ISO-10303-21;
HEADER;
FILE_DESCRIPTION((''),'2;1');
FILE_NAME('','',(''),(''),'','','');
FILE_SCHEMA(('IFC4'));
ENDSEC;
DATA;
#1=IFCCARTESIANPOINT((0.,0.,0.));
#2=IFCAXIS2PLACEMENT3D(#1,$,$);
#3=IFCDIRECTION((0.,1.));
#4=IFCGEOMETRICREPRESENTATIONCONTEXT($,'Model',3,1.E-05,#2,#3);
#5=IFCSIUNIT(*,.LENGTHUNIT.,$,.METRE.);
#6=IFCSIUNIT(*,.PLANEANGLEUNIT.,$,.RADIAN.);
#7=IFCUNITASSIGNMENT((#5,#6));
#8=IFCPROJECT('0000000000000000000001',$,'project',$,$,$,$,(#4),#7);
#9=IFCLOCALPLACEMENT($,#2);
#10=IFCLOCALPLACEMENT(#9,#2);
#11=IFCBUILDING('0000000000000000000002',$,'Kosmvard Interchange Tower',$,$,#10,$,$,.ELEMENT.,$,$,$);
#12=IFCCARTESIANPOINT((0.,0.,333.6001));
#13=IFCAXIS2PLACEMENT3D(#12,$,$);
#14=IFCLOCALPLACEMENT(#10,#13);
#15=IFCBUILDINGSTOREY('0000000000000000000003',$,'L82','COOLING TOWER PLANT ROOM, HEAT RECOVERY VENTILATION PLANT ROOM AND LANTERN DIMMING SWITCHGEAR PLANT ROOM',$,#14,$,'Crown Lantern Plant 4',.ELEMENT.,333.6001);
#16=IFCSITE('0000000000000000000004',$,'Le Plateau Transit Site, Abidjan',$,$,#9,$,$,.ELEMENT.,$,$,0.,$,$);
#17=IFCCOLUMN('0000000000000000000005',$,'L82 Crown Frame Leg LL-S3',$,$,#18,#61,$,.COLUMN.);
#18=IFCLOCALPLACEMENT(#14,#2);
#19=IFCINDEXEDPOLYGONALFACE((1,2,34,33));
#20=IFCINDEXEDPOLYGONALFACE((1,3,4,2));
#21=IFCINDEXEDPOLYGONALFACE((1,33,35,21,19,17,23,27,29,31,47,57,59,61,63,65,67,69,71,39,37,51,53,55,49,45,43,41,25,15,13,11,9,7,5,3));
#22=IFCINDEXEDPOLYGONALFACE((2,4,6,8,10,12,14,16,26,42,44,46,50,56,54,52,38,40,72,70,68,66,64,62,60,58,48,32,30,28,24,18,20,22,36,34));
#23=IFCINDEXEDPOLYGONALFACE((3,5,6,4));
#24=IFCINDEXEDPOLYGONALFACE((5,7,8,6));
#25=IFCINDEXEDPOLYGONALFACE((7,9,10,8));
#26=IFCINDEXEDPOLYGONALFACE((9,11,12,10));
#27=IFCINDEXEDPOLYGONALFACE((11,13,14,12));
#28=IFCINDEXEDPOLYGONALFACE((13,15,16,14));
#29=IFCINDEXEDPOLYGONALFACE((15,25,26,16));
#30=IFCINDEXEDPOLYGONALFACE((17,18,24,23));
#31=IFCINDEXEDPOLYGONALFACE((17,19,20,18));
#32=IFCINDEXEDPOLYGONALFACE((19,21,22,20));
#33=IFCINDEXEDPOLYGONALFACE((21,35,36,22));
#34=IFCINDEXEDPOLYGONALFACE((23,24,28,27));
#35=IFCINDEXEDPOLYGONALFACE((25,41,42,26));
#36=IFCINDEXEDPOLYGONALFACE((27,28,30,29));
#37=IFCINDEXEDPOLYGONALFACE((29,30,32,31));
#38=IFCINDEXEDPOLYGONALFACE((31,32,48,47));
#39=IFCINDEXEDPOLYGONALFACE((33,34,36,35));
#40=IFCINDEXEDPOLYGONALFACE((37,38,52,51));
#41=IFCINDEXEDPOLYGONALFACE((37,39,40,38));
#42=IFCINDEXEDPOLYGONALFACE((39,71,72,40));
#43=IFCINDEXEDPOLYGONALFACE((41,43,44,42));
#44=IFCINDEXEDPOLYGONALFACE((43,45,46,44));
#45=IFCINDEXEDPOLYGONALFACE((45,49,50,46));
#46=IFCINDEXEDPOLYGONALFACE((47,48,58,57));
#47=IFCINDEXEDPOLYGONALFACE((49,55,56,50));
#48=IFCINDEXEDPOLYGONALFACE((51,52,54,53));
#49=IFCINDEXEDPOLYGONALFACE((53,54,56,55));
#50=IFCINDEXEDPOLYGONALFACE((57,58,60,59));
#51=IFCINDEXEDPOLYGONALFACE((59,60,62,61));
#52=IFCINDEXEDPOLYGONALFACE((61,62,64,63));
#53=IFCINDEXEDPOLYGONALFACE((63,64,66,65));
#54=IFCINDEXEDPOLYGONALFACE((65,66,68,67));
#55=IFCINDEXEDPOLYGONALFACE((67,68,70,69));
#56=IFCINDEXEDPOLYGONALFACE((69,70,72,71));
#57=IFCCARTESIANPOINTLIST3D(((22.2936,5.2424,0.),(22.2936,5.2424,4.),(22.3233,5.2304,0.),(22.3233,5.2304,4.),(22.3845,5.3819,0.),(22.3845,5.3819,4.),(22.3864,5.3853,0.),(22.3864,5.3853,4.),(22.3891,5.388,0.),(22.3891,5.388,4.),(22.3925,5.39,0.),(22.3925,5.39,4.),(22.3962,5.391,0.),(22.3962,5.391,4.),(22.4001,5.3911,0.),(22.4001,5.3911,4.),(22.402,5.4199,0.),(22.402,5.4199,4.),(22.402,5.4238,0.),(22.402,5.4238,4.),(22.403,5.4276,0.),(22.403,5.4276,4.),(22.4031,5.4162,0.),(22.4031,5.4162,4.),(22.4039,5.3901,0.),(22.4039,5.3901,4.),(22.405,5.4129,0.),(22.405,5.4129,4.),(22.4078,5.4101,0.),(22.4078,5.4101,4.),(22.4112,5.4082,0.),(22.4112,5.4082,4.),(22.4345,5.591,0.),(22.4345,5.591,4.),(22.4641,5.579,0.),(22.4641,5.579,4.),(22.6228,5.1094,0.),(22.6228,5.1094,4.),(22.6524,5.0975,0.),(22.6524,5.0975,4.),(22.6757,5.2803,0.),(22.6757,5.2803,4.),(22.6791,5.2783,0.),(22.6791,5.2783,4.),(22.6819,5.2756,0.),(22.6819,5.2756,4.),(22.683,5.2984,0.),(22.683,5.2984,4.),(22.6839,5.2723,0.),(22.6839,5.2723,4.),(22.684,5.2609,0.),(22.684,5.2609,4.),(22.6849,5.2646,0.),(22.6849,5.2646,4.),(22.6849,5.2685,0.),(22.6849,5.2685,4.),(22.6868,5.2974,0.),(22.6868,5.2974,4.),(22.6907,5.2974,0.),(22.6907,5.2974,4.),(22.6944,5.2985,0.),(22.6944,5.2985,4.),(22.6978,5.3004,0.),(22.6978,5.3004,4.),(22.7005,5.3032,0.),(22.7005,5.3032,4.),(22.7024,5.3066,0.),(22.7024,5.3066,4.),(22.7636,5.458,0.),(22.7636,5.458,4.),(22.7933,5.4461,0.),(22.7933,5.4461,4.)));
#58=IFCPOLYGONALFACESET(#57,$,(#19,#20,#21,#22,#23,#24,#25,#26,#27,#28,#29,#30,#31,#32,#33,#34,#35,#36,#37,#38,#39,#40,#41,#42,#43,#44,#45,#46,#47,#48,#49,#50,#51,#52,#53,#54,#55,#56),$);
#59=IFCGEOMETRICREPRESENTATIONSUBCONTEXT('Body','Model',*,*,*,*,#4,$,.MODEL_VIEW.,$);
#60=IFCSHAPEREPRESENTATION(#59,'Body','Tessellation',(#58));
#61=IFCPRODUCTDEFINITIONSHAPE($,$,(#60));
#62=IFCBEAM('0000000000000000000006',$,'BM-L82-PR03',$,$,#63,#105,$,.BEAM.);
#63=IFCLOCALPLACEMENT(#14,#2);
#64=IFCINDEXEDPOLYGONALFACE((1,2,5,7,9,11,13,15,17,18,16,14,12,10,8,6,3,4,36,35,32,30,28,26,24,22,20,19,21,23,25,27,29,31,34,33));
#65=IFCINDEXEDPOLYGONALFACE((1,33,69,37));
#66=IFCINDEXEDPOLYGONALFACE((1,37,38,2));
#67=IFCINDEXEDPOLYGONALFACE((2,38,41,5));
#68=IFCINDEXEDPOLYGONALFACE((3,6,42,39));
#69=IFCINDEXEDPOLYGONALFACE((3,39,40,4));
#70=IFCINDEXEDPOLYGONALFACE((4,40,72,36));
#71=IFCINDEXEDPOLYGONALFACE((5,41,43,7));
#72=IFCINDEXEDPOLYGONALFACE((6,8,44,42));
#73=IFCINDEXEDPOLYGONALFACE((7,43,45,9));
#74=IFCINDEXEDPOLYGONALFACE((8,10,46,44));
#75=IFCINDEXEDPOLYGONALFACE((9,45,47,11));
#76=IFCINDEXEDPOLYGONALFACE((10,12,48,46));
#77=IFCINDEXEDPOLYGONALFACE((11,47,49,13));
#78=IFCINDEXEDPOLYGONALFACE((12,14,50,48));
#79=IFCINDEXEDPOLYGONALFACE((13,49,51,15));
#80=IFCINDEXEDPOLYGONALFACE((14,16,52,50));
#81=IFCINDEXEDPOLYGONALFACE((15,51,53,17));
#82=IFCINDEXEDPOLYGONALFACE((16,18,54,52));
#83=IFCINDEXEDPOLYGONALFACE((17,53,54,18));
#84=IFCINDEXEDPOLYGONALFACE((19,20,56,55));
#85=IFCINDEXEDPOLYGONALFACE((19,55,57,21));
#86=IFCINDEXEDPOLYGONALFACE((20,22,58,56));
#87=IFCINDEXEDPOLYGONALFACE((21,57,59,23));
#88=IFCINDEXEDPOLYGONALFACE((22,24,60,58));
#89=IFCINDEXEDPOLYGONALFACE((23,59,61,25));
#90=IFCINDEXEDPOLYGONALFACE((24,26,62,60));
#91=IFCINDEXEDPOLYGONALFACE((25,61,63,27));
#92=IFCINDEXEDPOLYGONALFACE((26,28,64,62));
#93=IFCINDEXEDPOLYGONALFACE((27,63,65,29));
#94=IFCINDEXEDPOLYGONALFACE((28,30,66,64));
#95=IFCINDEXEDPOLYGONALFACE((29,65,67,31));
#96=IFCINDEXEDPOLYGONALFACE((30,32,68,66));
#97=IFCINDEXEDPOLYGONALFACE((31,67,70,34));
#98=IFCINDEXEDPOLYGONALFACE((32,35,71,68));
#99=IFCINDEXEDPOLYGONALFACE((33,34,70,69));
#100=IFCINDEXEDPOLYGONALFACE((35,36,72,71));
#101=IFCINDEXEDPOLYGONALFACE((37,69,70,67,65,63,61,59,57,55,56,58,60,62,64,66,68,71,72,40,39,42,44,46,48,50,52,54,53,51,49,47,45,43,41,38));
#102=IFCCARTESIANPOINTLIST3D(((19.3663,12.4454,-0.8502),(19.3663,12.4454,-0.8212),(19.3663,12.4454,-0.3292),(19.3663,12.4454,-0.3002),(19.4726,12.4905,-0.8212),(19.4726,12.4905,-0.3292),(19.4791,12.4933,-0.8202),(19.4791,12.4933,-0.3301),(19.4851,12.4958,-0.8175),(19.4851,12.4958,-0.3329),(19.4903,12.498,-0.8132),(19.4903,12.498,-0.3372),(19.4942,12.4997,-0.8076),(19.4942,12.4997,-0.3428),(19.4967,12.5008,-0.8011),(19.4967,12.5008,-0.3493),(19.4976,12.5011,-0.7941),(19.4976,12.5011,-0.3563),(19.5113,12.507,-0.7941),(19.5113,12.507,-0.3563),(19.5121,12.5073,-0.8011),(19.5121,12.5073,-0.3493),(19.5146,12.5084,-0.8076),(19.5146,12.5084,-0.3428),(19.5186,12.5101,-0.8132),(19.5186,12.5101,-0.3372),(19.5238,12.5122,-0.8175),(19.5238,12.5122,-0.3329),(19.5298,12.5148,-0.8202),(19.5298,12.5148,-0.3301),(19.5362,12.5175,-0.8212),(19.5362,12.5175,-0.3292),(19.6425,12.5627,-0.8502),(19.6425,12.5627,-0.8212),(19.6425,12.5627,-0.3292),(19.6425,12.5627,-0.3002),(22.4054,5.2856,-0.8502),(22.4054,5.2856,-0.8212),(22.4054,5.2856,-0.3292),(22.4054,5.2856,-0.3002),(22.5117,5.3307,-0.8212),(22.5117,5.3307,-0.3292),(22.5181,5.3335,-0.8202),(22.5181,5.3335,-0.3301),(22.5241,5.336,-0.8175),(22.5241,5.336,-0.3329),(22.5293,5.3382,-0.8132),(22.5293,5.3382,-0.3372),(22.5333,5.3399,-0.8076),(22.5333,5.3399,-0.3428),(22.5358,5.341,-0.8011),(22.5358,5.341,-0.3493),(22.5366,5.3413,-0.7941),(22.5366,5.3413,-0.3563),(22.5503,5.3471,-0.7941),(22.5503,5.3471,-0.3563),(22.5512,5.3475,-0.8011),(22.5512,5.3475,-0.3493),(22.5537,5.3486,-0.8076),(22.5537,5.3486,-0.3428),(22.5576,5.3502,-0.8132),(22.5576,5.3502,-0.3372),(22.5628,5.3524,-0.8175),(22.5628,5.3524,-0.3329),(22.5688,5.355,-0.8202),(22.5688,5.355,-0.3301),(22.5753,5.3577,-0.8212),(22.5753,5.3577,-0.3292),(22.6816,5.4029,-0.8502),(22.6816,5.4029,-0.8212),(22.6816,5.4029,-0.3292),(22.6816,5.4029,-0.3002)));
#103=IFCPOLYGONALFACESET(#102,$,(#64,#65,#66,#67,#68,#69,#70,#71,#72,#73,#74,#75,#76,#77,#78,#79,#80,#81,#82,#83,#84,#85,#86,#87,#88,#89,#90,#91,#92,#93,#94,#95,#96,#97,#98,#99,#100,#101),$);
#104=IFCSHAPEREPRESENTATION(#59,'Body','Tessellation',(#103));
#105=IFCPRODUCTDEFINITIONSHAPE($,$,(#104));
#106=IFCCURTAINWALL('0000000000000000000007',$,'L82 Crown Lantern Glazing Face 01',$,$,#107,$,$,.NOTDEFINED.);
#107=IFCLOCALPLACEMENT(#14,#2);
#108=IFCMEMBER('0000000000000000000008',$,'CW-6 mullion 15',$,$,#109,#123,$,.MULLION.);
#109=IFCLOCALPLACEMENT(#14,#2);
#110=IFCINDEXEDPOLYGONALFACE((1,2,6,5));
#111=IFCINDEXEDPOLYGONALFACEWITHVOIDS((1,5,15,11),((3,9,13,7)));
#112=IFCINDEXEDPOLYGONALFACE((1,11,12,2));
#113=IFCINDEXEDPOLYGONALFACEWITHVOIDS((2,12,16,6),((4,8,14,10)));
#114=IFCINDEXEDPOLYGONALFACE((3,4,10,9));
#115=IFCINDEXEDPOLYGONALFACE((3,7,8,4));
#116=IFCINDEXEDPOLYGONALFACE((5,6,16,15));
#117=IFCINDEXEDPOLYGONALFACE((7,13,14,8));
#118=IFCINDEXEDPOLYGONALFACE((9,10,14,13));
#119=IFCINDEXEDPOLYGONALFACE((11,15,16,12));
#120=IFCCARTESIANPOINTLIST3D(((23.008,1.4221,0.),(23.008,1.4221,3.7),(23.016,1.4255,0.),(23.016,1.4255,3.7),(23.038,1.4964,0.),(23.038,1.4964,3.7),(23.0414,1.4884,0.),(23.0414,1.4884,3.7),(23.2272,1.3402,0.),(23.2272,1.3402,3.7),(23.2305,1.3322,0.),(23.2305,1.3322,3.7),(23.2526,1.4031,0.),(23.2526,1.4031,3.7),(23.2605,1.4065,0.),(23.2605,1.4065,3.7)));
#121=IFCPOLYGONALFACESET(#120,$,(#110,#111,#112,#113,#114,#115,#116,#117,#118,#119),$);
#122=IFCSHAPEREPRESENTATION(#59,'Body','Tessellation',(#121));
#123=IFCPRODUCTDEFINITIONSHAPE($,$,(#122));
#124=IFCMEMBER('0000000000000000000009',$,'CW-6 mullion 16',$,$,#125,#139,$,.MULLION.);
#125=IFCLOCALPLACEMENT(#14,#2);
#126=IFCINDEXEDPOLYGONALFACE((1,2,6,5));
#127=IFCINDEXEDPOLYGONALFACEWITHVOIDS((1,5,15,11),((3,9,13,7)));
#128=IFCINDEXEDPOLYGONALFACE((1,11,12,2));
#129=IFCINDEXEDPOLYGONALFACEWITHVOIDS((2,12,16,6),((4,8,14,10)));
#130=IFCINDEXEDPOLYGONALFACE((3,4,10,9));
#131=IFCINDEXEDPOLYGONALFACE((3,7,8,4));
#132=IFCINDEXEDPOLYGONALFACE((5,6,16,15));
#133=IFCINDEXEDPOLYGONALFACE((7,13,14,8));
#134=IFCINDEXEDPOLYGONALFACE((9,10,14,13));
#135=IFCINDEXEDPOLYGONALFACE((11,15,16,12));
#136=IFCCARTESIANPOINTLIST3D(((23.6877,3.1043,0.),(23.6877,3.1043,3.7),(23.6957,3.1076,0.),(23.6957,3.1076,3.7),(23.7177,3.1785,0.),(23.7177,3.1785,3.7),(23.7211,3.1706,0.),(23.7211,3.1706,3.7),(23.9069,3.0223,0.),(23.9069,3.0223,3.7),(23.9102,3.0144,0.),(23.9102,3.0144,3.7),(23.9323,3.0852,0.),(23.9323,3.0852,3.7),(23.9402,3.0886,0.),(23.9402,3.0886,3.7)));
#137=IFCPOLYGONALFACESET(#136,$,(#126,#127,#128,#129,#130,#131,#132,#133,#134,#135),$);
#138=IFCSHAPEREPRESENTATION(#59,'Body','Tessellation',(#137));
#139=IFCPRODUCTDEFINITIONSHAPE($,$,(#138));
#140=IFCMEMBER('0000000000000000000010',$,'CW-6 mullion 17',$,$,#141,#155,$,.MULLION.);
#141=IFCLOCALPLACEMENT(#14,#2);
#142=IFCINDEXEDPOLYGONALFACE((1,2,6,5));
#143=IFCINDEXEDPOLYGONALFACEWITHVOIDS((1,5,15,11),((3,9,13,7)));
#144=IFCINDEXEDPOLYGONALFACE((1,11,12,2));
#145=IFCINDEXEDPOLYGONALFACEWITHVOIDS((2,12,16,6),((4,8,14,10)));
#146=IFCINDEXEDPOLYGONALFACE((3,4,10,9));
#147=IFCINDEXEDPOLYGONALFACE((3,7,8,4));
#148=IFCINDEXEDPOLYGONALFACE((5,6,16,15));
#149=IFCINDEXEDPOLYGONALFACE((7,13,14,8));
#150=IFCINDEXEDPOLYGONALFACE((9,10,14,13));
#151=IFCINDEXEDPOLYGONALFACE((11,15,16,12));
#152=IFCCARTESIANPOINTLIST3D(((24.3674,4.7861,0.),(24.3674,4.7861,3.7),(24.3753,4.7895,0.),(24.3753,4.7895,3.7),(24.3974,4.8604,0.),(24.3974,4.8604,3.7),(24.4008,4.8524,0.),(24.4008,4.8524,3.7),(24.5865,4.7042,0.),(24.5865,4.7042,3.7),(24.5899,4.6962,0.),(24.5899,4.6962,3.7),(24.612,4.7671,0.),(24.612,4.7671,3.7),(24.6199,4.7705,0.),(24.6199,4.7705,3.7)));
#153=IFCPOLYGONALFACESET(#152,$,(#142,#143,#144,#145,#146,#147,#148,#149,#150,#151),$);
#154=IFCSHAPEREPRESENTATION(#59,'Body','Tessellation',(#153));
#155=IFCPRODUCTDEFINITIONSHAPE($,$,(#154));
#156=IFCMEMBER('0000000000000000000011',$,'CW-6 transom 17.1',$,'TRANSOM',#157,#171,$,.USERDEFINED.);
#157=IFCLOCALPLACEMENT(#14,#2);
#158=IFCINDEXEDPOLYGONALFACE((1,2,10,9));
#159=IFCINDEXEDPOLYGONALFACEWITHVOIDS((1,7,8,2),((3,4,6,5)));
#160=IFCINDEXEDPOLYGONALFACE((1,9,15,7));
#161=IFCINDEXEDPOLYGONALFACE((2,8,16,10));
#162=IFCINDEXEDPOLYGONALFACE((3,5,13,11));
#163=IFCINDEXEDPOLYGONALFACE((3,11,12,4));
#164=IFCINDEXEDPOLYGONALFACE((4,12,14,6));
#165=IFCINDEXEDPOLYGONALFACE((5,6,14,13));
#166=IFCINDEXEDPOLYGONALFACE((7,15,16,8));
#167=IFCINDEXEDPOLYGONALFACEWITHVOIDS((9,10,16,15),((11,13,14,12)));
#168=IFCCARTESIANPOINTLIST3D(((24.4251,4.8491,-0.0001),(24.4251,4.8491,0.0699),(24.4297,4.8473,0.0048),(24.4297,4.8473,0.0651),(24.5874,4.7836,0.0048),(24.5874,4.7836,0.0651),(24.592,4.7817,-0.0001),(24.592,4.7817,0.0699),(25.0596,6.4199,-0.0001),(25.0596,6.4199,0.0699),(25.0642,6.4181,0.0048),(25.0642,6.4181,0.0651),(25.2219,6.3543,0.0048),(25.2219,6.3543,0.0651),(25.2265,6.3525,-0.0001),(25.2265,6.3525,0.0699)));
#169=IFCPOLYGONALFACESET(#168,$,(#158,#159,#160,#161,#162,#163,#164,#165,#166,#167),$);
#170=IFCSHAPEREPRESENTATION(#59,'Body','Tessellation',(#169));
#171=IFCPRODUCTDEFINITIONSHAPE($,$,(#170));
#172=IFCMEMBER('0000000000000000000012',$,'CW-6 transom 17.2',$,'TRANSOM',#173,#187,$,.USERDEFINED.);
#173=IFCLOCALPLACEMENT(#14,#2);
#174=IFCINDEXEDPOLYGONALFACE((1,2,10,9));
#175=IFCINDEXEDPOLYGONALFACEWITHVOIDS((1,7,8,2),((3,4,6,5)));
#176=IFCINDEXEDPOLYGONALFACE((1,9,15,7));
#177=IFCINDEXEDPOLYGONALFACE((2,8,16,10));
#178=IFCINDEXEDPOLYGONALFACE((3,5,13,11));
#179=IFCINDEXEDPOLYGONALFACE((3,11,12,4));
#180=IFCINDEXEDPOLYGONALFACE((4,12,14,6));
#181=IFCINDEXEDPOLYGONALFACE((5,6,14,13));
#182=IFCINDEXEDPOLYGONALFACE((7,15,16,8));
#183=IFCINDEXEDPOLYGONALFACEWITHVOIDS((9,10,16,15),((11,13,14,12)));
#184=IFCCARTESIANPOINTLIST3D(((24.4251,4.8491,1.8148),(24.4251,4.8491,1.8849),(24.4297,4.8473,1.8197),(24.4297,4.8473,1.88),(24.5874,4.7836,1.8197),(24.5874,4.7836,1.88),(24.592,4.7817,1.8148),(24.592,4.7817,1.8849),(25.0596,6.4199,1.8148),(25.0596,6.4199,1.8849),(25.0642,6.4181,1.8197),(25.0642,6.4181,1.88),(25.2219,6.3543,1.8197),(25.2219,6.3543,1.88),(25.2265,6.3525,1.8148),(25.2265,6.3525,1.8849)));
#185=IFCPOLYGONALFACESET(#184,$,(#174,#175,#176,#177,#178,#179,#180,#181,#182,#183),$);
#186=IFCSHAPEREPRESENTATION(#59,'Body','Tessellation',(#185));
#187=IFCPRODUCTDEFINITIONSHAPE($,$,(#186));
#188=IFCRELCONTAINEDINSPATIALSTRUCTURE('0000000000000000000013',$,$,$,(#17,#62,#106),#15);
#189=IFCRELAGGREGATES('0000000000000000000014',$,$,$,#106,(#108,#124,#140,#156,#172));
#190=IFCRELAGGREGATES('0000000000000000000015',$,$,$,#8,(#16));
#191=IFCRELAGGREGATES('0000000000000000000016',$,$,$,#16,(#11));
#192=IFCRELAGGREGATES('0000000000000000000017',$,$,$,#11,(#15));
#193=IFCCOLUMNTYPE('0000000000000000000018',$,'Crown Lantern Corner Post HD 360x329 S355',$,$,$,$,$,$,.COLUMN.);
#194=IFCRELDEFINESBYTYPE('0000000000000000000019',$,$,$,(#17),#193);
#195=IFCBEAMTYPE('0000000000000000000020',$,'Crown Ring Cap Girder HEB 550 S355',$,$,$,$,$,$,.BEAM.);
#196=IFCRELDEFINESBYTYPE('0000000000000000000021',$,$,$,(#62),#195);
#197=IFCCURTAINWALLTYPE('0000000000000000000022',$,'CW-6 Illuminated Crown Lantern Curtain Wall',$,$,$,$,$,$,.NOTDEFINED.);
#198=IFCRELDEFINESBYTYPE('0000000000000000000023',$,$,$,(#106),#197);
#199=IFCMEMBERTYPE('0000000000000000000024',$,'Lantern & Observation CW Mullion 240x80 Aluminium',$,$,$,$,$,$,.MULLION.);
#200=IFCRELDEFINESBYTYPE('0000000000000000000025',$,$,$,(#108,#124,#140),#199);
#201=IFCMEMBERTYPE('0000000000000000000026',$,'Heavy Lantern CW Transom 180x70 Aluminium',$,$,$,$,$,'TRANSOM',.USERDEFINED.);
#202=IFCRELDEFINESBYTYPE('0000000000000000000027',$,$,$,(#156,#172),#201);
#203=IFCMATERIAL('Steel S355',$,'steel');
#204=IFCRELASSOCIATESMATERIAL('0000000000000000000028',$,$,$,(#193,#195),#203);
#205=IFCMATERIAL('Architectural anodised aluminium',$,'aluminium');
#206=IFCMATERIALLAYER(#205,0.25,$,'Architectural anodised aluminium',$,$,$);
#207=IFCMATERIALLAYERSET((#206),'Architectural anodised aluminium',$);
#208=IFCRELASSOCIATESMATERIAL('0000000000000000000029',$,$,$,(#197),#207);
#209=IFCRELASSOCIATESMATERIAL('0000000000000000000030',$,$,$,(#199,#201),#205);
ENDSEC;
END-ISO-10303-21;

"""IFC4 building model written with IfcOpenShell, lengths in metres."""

from ifc_helpers import new_model, si_unit, direction, frame, origin, origin_2d, place, context, subcontext, project, spatial, hollow_rectangle, i_section, extrude, source, transform, mapped, material, layer, layer_set, material_profile, profile_set, type_object, element, aggregate, save


model = new_model("IFC4")

# Units and contexts
model_context = context("Model", 3, precision=1e-05, world=origin(), true_north=direction((0.0, 1.0)))
body_context = subcontext(model_context, "Body", "Model", "MODEL_VIEW")
ifc_project = project(units=[si_unit("LENGTHUNIT", "METRE"), si_unit("PLANEANGLEUNIT", "RADIAN")], contexts=[model_context])

# Site, building, storey
site_placement = place(None, origin())
site = spatial("IfcSite", under=ifc_project, at=site_placement, Name="Le Plateau Transit Site, Abidjan", CompositionType="ELEMENT", RefElevation=0.0)
building_placement = place(site_placement, origin())
building = spatial("IfcBuilding", under=site, at=building_placement, Name="Kosmvard Interchange Tower", CompositionType="ELEMENT")
storey_placement = place(building_placement, frame((0.0, 0.0, 333.6001)))
storey = spatial("IfcBuildingStorey", under=building, at=storey_placement, Name="L82", Description="COOLING TOWER PLANT ROOM, HEAT RECOVERY VENTILATION PLANT ROOM AND LANTERN DIMMING SWITCHGEAR PLANT ROOM", LongName="Crown Lantern Plant 4", CompositionType="ELEMENT", Elevation=333.6001)

# Column
ifc_material_1 = material(Name="Steel S355", Category="steel")
ifc_material_profile_1 = material_profile(ifc_material_1, i_section(OverallWidth=0.376, OverallDepth=0.387, WebThickness=0.0195, FlangeThickness=0.032, FilletRadius=0.0149, at=origin_2d()), Name="HD 360x329")
ifc_profile_set_1 = profile_set([ifc_material_profile_1], Name="Steel S355")
column_type = type_object("IfcColumnType", Name="Crown Lantern Corner Post HD 360x329 S355", PredefinedType="COLUMN", material=ifc_profile_set_1)
shared_shape_1 = source(origin(), body_context, "Body", "SweptSolid", [
    extrude(i_section(OverallWidth=0.376, OverallDepth=0.387, WebThickness=0.0195, FlangeThickness=0.032, FilletRadius=0.0149, at=origin_2d()), origin(), (0.0, 0.0, 1.0), 4.0),
])
column_placement = place(storey_placement, frame((22.5435, 5.3442, 0.0), z_axis=(0.0, 0.0, 1.0), x_axis=(0.374607, 0.927184, 0.0)))
element("IfcColumn", 1, at=column_placement, inside=storey, type_object=column_type, Name="L82 Crown Frame Leg LL-S3", PredefinedType="COLUMN", context=body_context, shape_type="MappedRepresentation", body=[
    mapped(shared_shape_1, transform((0.0, 0.0, 0.0), scale=1.0)),
])

# Beam
ifc_material_profile_2 = material_profile(ifc_material_1, i_section(OverallWidth=0.3, OverallDepth=0.55, WebThickness=0.0149, FlangeThickness=0.0291, FilletRadius=0.0271, at=origin_2d()), Name="HEB 550")
ifc_profile_set_2 = profile_set([ifc_material_profile_2], Name="Steel S355")
beam_type = type_object("IfcBeamType", Name="Crown Ring Cap Girder HEB 550 S355", PredefinedType="BEAM", material=ifc_profile_set_2)
shared_shape_2 = source(origin(), body_context, "Body", "SweptSolid", [
    extrude(i_section(OverallWidth=0.3, OverallDepth=0.55, WebThickness=0.0149, FlangeThickness=0.0291, FilletRadius=0.0271, at=origin_2d()), origin(), (0.0, 0.0, 1.0), 7.7781),
])
beam_placement = place(storey_placement, frame((22.5435, 5.3442, -0.5752), z_axis=(-0.390716, 0.920511, 0.0), x_axis=(-0.920511, -0.390716, 0.0)))
element("IfcBeam", 2, at=beam_placement, inside=storey, type_object=beam_type, Name="BM-L82-PR03", PredefinedType="BEAM", context=body_context, shape_type="MappedRepresentation", body=[
    mapped(shared_shape_2, transform((0.0, 0.0, 0.0), scale=1.0)),
])

# Curtain wall, members
ifc_material_2 = material(Name="Architectural anodised aluminium", Category="aluminium")
ifc_layer_1 = layer(ifc_material_2, 0.25, Name="Architectural anodised aluminium")
ifc_layer_set_1 = layer_set([ifc_layer_1], Name="Architectural anodised aluminium")
curtain_wall_type = type_object("IfcCurtainWallType", Name="CW-6 Illuminated Crown Lantern Curtain Wall", PredefinedType="NOTDEFINED", material=ifc_layer_set_1)
curtain_wall_placement = place(storey_placement, origin())
curtain_wall = element("IfcCurtainWall", 3, at=curtain_wall_placement, inside=storey, type_object=curtain_wall_type, Name="L82 Crown Lantern Glazing Face 01", PredefinedType="NOTDEFINED")
ifc_material_profile_3 = material_profile(ifc_material_2, hollow_rectangle(XDim=0.24, YDim=0.0801, WallThickness=0.0061, at=origin_2d()), Name="CWM 240x80x6")
ifc_profile_set_3 = profile_set([ifc_material_profile_3], Name="Architectural anodised aluminium")
member_type_1 = type_object("IfcMemberType", Name="Lantern & Observation CW Mullion 240x80 Aluminium", PredefinedType="MULLION", material=ifc_profile_set_3)
shared_shape_3 = source(origin(), body_context, "Body", "SweptSolid", [
    extrude(hollow_rectangle(XDim=0.24, YDim=0.0801, WallThickness=0.0061, at=origin_2d()), origin(), (0.0, 0.0, 1.0), 3.7),
])
member_1_placement = place(storey_placement, frame((23.1343, 1.4143, 0.0), z_axis=(0.0, 0.0, 1.0), x_axis=(-0.927184, 0.374607, 0.0)))
member_1 = element("IfcMember", 4, at=member_1_placement, type_object=member_type_1, Name="CW-6 mullion 15", PredefinedType="MULLION", context=body_context, shape_type="MappedRepresentation", body=[
    mapped(shared_shape_3, transform((0.0, 0.0, 0.0), scale=1.0)),
])
member_2_placement = place(storey_placement, frame((23.814, 3.0964, 0.0), z_axis=(0.0, 0.0, 1.0), x_axis=(-0.927184, 0.374607, 0.0)))
member_2 = element("IfcMember", 5, at=member_2_placement, type_object=member_type_1, Name="CW-6 mullion 16", PredefinedType="MULLION", context=body_context, shape_type="MappedRepresentation", body=[
    mapped(shared_shape_3, transform((0.0, 0.0, 0.0), scale=1.0)),
])
member_3_placement = place(storey_placement, frame((24.4937, 4.7783, 0.0), z_axis=(0.0, 0.0, 1.0), x_axis=(-0.927184, 0.374607, 0.0)))
member_3 = element("IfcMember", 6, at=member_3_placement, type_object=member_type_1, Name="CW-6 mullion 17", PredefinedType="MULLION", context=body_context, shape_type="MappedRepresentation", body=[
    mapped(shared_shape_3, transform((0.0, 0.0, 0.0), scale=1.0)),
])
ifc_material_profile_4 = material_profile(ifc_material_2, hollow_rectangle(XDim=0.1799, YDim=0.0701, WallThickness=0.0049, at=origin_2d()), Name="CWT 180x70x5")
ifc_profile_set_4 = profile_set([ifc_material_profile_4], Name="Architectural anodised aluminium")
member_type_2 = type_object("IfcMemberType", Name="Heavy Lantern CW Transom 180x70 Aluminium", ElementType="TRANSOM", PredefinedType="USERDEFINED", material=ifc_profile_set_4)
shared_shape_4 = source(origin(), body_context, "Body", "SweptSolid", [
    extrude(hollow_rectangle(XDim=0.1799, YDim=0.0701, WallThickness=0.0049, at=origin_2d()), origin(), (0.0, 0.0, 1.0), 1.6941),
])
member_4_placement = place(storey_placement, frame((24.5085, 4.8154, 0.0349), z_axis=(0.374544, 0.927209, 0.0), x_axis=(-0.927209, 0.374544, 0.0)))
member_4 = element("IfcMember", 7, at=member_4_placement, type_object=member_type_2, Name="CW-6 transom 17.1", ObjectType="TRANSOM", PredefinedType="USERDEFINED", context=body_context, shape_type="MappedRepresentation", body=[
    mapped(shared_shape_4, transform((0.0, 0.0, 0.0), scale=1.0)),
])
member_5_placement = place(storey_placement, frame((24.5085, 4.8154, 1.8499), z_axis=(0.374544, 0.927209, 0.0), x_axis=(-0.927209, 0.374544, 0.0)))
member_5 = element("IfcMember", 8, at=member_5_placement, type_object=member_type_2, Name="CW-6 transom 17.2", ObjectType="TRANSOM", PredefinedType="USERDEFINED", context=body_context, shape_type="MappedRepresentation", body=[
    mapped(shared_shape_4, transform((0.0, 0.0, 0.0), scale=1.0)),
])

aggregate(curtain_wall, [member_1, member_2, member_3, member_4, member_5])

save(model, "model.ifc")
